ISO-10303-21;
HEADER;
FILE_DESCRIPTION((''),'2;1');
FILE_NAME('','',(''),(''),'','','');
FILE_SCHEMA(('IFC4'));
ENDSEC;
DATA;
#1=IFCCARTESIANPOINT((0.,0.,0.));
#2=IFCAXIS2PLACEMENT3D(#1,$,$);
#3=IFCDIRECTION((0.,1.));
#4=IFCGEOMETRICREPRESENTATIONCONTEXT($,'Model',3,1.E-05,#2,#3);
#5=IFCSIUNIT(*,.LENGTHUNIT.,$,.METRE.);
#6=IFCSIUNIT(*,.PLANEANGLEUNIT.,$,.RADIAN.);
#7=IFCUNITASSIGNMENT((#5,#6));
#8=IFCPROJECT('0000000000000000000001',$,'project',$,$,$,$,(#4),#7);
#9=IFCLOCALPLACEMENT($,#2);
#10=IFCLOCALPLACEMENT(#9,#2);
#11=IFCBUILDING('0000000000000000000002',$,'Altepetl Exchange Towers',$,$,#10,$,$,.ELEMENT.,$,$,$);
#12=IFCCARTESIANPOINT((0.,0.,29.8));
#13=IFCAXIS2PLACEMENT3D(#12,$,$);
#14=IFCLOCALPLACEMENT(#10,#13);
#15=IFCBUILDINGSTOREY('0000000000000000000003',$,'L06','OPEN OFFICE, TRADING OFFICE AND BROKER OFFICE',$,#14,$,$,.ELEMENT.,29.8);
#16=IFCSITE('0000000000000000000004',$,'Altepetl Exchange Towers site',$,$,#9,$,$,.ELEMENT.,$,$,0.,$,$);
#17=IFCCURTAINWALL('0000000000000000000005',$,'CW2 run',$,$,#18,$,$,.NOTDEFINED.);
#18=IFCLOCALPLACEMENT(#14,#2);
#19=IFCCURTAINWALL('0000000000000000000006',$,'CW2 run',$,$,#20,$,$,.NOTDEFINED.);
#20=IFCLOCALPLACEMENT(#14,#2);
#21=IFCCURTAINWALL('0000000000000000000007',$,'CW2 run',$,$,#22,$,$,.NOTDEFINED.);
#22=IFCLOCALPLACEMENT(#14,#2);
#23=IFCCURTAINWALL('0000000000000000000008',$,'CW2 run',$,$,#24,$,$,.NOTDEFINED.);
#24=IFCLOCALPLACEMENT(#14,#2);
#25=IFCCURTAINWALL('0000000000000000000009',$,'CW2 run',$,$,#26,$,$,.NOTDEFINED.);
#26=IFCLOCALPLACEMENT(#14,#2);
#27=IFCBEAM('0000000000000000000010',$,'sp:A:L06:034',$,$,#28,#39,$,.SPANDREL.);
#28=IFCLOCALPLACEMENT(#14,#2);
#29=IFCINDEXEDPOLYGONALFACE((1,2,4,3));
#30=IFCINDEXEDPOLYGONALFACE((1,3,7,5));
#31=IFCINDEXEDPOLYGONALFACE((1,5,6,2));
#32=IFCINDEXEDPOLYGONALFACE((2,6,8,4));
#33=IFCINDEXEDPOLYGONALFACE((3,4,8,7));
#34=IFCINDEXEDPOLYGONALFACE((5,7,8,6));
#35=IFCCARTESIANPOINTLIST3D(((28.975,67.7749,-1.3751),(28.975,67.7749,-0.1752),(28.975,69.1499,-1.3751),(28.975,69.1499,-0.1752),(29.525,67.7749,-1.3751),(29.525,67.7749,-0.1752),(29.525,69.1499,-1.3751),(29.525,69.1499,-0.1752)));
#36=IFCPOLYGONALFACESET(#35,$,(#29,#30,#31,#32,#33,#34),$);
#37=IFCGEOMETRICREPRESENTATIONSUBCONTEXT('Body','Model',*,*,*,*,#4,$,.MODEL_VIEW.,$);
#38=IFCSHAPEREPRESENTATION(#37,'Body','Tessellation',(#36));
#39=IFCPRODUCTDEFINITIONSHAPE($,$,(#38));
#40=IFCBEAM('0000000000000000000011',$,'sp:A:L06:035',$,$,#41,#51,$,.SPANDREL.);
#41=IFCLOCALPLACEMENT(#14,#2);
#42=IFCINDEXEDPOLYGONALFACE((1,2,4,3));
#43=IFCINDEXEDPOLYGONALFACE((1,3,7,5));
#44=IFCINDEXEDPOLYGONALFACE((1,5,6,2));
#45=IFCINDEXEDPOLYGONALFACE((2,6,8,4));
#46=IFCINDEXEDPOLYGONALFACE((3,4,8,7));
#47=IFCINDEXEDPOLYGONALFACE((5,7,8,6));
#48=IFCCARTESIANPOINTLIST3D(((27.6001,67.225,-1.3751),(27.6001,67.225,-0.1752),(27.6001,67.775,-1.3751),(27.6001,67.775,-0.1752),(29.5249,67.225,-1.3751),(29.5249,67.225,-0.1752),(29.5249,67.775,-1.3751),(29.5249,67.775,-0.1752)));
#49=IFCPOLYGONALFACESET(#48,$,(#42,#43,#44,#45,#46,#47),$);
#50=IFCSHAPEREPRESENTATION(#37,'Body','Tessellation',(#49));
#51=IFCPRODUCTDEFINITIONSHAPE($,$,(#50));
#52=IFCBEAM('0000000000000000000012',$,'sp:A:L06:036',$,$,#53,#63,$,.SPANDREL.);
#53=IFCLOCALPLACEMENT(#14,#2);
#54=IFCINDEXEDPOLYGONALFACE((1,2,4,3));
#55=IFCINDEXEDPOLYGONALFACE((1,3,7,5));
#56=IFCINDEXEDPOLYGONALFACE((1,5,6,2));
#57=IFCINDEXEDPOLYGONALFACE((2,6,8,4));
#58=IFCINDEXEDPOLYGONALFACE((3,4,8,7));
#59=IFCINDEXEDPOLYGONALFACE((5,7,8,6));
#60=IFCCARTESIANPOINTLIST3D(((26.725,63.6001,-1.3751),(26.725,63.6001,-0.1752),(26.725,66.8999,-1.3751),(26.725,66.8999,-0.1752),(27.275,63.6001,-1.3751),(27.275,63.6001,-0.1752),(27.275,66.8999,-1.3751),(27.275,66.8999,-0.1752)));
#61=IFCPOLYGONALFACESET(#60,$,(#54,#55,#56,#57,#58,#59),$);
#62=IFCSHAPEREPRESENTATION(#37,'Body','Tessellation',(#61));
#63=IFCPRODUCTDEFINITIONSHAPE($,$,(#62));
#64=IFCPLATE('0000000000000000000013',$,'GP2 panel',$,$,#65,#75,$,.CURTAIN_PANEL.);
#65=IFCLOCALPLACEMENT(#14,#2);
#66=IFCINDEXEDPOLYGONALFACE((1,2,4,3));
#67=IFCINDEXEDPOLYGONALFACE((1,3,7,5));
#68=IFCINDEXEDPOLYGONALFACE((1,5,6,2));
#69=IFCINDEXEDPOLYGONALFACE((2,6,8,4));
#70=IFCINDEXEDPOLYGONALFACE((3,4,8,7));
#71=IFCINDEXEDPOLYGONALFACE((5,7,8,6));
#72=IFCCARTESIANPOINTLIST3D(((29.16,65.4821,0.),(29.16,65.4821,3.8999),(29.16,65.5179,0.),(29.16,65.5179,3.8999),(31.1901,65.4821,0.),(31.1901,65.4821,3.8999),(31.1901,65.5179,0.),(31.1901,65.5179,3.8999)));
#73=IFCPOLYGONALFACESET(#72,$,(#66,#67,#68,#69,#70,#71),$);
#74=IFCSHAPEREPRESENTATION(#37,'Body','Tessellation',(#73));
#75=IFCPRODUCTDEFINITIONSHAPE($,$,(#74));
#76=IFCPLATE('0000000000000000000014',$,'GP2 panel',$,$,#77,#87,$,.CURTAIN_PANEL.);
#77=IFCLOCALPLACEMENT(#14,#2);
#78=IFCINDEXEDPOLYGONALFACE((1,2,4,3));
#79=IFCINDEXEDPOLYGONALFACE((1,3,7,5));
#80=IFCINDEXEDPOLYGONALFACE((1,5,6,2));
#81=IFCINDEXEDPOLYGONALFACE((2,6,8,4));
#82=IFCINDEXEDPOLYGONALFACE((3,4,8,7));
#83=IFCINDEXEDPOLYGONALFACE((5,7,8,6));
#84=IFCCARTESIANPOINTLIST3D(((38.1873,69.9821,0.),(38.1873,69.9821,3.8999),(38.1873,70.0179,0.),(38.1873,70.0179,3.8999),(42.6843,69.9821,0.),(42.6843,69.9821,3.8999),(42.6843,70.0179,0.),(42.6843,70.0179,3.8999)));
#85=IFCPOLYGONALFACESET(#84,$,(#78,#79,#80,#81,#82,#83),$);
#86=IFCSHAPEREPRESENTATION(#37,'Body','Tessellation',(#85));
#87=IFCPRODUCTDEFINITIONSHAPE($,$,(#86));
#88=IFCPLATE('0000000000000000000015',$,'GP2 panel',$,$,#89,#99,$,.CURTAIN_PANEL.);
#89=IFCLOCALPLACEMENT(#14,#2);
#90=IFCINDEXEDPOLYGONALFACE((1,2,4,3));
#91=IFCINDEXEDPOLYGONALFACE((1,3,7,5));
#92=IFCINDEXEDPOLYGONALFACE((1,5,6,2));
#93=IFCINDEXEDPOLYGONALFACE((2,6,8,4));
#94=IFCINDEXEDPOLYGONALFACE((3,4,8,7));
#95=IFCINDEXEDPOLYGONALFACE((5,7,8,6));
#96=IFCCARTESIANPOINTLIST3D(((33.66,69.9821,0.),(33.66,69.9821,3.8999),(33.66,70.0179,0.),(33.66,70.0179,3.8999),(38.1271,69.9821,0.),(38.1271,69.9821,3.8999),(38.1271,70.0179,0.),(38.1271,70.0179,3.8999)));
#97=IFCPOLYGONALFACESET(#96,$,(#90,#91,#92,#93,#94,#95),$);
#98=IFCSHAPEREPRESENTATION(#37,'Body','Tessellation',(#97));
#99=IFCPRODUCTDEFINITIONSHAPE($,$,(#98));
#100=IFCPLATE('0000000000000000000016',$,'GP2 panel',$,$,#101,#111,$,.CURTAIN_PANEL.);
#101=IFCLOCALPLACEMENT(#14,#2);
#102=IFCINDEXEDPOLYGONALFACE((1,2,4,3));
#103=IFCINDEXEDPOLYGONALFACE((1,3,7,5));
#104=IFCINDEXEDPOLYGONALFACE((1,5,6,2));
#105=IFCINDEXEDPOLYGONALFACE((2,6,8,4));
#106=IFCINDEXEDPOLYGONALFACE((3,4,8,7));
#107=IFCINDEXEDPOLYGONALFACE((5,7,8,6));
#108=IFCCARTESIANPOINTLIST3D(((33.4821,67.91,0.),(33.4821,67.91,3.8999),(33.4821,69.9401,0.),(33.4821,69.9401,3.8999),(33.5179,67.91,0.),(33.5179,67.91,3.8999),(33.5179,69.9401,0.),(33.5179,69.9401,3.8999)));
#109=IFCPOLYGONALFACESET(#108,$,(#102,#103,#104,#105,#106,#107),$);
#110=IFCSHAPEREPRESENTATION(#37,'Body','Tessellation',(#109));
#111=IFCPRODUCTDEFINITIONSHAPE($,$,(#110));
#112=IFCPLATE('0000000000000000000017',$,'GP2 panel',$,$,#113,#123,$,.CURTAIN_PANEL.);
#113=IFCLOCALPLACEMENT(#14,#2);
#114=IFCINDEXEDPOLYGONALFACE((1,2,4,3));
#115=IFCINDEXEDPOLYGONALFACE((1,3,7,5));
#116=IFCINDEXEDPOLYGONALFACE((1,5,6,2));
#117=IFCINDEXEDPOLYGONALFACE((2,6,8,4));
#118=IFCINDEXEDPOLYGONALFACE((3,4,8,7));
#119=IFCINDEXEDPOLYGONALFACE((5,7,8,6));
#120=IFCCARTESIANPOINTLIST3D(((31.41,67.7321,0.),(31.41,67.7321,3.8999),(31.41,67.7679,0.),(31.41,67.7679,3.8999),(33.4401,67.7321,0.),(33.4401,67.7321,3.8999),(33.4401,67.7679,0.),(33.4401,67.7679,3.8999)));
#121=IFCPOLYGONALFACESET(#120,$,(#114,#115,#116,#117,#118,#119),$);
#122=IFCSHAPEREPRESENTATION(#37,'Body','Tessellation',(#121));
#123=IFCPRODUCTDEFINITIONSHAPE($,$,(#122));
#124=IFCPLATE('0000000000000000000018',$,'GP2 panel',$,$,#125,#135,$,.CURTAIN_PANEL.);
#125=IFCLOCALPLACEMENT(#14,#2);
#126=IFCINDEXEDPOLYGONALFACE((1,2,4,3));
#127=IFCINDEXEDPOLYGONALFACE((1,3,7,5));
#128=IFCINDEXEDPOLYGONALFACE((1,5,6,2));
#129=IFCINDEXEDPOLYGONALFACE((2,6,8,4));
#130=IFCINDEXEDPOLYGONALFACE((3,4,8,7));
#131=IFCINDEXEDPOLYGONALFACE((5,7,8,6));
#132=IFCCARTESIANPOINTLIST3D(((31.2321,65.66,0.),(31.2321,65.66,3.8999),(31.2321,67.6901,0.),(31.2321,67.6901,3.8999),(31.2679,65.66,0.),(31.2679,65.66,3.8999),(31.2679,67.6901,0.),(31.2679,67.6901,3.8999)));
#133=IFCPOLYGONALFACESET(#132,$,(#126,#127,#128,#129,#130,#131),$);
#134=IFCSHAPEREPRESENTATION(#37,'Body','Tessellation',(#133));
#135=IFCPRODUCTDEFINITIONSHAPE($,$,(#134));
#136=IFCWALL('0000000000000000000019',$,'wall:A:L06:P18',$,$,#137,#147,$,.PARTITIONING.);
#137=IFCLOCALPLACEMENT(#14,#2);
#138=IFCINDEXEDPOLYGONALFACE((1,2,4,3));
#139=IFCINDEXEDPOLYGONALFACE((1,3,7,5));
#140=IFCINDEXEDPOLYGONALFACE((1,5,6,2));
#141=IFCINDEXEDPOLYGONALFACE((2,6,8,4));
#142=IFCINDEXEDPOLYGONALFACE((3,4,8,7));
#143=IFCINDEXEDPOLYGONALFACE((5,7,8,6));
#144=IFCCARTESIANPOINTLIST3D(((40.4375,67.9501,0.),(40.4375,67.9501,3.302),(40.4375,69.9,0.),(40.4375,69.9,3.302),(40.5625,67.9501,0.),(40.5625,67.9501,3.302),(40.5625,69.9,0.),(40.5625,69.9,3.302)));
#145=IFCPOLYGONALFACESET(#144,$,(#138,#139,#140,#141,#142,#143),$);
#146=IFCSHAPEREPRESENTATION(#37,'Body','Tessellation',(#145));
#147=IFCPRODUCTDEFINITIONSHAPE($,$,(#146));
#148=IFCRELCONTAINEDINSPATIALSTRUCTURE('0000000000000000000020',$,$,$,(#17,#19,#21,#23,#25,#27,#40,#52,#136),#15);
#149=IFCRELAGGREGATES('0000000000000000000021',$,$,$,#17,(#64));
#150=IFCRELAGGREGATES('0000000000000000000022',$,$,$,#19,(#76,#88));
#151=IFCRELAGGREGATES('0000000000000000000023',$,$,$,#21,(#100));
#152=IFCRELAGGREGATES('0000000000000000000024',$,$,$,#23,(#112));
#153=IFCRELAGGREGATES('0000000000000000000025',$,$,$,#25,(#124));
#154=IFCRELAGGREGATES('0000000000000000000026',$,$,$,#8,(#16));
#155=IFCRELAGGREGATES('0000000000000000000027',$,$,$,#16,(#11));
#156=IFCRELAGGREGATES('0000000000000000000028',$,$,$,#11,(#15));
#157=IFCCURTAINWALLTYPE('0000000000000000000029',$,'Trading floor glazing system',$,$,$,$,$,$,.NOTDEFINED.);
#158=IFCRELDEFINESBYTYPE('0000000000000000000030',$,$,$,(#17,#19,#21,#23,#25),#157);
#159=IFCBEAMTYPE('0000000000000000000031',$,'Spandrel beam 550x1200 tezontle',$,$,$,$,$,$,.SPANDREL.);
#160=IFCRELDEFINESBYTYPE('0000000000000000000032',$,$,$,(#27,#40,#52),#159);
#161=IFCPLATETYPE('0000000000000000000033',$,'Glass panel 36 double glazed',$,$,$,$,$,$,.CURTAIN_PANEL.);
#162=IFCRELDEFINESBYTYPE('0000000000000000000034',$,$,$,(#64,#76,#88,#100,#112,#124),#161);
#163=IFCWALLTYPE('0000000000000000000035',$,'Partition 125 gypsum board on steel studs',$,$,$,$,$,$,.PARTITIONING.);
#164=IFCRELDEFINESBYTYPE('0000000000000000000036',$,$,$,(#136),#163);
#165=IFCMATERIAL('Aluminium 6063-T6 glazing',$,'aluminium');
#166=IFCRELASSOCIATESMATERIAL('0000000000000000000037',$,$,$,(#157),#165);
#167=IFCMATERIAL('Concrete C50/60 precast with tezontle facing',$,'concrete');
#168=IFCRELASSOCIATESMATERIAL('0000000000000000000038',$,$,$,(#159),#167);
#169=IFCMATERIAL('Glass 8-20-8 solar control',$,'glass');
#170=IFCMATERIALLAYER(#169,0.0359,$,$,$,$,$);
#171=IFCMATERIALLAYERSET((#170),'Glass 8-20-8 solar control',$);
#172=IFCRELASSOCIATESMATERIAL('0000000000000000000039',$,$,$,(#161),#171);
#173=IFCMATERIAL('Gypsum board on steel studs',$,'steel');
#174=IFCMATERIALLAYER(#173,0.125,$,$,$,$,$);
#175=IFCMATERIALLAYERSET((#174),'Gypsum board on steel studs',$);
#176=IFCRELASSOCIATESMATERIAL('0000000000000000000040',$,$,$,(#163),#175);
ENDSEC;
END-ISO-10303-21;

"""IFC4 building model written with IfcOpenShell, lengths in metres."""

from ifc_helpers import new_model, si_unit, direction, frame, frame_2d, origin, origin_2d, place, context, subcontext, project, spatial, rectangle, extrude, material, layer, layer_set, material_profile, profile_set, type_object, element, aggregate, save


model = new_model("IFC4")

# Units and contexts
model_context = context("Model", 3, precision=1e-05, world=origin(), true_north=direction((0.0, 1.0)))
body_context = subcontext(model_context, "Body", "Model", "MODEL_VIEW")
ifc_project = project(units=[si_unit("LENGTHUNIT", "METRE"), si_unit("PLANEANGLEUNIT", "RADIAN")], contexts=[model_context])

# Site, building, storey
site_placement = place(None, origin())
site = spatial("IfcSite", under=ifc_project, at=site_placement, Name="Altepetl Exchange Towers site", CompositionType="ELEMENT", RefElevation=0.0)
building_placement = place(site_placement, origin())
building = spatial("IfcBuilding", under=site, at=building_placement, Name="Altepetl Exchange Towers", CompositionType="ELEMENT")
storey_placement = place(building_placement, frame((0.0, 0.0, 29.8)))
storey = spatial("IfcBuildingStorey", under=building, at=storey_placement, Name="L06", Description="OPEN OFFICE, TRADING OFFICE AND BROKER OFFICE", CompositionType="ELEMENT", Elevation=29.8)

# Curtain wall
ifc_material_1 = material(Name="Aluminium 6063-T6 glazing", Category="aluminium")
curtain_wall_type = type_object("IfcCurtainWallType", Name="Trading floor glazing system", PredefinedType="NOTDEFINED", material=ifc_material_1)
curtain_wall_1_placement = place(storey_placement, origin())
curtain_wall_1 = element("IfcCurtainWall", 1, at=curtain_wall_1_placement, inside=storey, type_object=curtain_wall_type, Name="CW2 run", PredefinedType="NOTDEFINED")

# Curtain walls
curtain_wall_2_placement = place(storey_placement, origin())
curtain_wall_2 = element("IfcCurtainWall", 2, at=curtain_wall_2_placement, inside=storey, type_object=curtain_wall_type, Name="CW2 run", PredefinedType="NOTDEFINED")
curtain_wall_3_placement = place(storey_placement, origin())
curtain_wall_3 = element("IfcCurtainWall", 3, at=curtain_wall_3_placement, inside=storey, type_object=curtain_wall_type, Name="CW2 run", PredefinedType="NOTDEFINED")
curtain_wall_4_placement = place(storey_placement, origin())
curtain_wall_4 = element("IfcCurtainWall", 4, at=curtain_wall_4_placement, inside=storey, type_object=curtain_wall_type, Name="CW2 run", PredefinedType="NOTDEFINED")
curtain_wall_5_placement = place(storey_placement, origin())
curtain_wall_5 = element("IfcCurtainWall", 5, at=curtain_wall_5_placement, inside=storey, type_object=curtain_wall_type, Name="CW2 run", PredefinedType="NOTDEFINED")

# Beams
ifc_material_2 = material(Name="Concrete C50/60 precast with tezontle facing", Category="concrete")
ifc_material_profile_1 = material_profile(ifc_material_2, rectangle(XDim=0.55, YDim=1.2, at=origin_2d()), Name="550 x 1200")
ifc_profile_set_1 = profile_set([ifc_material_profile_1], Name="Concrete C50/60 precast with tezontle facing")
beam_type_1 = type_object("IfcBeamType", Name="Spandrel beam 550x1200 tezontle", PredefinedType="SPANDREL", material=ifc_profile_set_1)
beam_1_placement = place(storey_placement, frame((29.25, 69.1499, -0.7751), z_axis=(0.0, -1.0, 0.0), x_axis=(1.0, 0.0, 0.0)))
element("IfcBeam", 6, at=beam_1_placement, inside=storey, type_object=beam_type_1, Name="sp:A:L06:034", PredefinedType="SPANDREL", context=body_context, shape_type="SweptSolid", body=[
    extrude(rectangle(XDim=0.55, YDim=1.2, at=origin_2d()), origin(), (0.0, 0.0, 1.0), 1.375),
])
beam_2_placement = place(storey_placement, frame((29.5249, 67.5, -0.7751), z_axis=(-1.0, 0.0, 0.0), x_axis=(0.0, -1.0, 0.0)))
element("IfcBeam", 7, at=beam_2_placement, inside=storey, type_object=beam_type_1, Name="sp:A:L06:035", PredefinedType="SPANDREL", context=body_context, shape_type="SweptSolid", body=[
    extrude(rectangle(XDim=0.55, YDim=1.2, at=origin_2d()), origin(), (0.0, 0.0, 1.0), 1.9248),
])
beam_3_placement = place(storey_placement, frame((27.0, 66.8999, -0.7751), z_axis=(0.0, -1.0, 0.0), x_axis=(1.0, 0.0, 0.0)))
element("IfcBeam", 8, at=beam_3_placement, inside=storey, type_object=beam_type_1, Name="sp:A:L06:036", PredefinedType="SPANDREL", context=body_context, shape_type="SweptSolid", body=[
    extrude(rectangle(XDim=0.55, YDim=1.2, at=origin_2d()), origin(), (0.0, 0.0, 1.0), 3.2998),
])

# Plates
ifc_material_3 = material(Name="Glass 8-20-8 solar control", Category="glass")
ifc_layer_1 = layer(ifc_material_3, 0.0359)
ifc_layer_set_1 = layer_set([ifc_layer_1], Name="Glass 8-20-8 solar control")
plate_type = type_object("IfcPlateType", Name="Glass panel 36 double glazed", PredefinedType="CURTAIN_PANEL", material=ifc_layer_set_1)
plate_1_placement = place(storey_placement, frame((30.175, 65.5, 0.0), z_axis=(0.0, 0.0, 1.0), x_axis=(-1.0, 0.0, 0.0)))
plate_1 = element("IfcPlate", 9, at=plate_1_placement, type_object=plate_type, Name="GP2 panel", PredefinedType="CURTAIN_PANEL", context=body_context, shape_type="SweptSolid", body=[
    extrude(rectangle(XDim=2.03, YDim=0.0359, at=origin_2d()), origin(), (0.0, 0.0, 1.0), 3.8999),
])
aggregate(curtain_wall_1, [plate_1])
plate_2_placement = place(storey_placement, frame((40.4358, 70.0, 0.0), z_axis=(0.0, 0.0, 1.0), x_axis=(-1.0, 0.0, 0.0)))
plate_2 = element("IfcPlate", 10, at=plate_2_placement, type_object=plate_type, Name="GP2 panel", PredefinedType="CURTAIN_PANEL", context=body_context, shape_type="SweptSolid", body=[
    extrude(rectangle(XDim=4.4971, YDim=0.0359, at=origin_2d()), origin(), (0.0, 0.0, 1.0), 3.8999),
])
plate_3_placement = place(storey_placement, frame((35.8936, 70.0, 0.0), z_axis=(0.0, 0.0, 1.0), x_axis=(-1.0, 0.0, 0.0)))
plate_3 = element("IfcPlate", 11, at=plate_3_placement, type_object=plate_type, Name="GP2 panel", PredefinedType="CURTAIN_PANEL", context=body_context, shape_type="SweptSolid", body=[
    extrude(rectangle(XDim=4.467, YDim=0.0359, at=origin_2d()), origin(), (0.0, 0.0, 1.0), 3.8999),
])
aggregate(curtain_wall_2, [plate_2, plate_3])
plate_4_placement = place(storey_placement, frame((33.5, 68.925, 0.0), z_axis=(0.0, 0.0, 1.0), x_axis=(0.0, -1.0, 0.0)))
plate_4 = element("IfcPlate", 12, at=plate_4_placement, type_object=plate_type, Name="GP2 panel", PredefinedType="CURTAIN_PANEL", context=body_context, shape_type="SweptSolid", body=[
    extrude(rectangle(XDim=2.03, YDim=0.0359, at=origin_2d()), origin(), (0.0, 0.0, 1.0), 3.8999),
])
aggregate(curtain_wall_3, [plate_4])
plate_5_placement = place(storey_placement, frame((32.425, 67.75, 0.0), z_axis=(0.0, 0.0, 1.0), x_axis=(-1.0, 0.0, 0.0)))
plate_5 = element("IfcPlate", 13, at=plate_5_placement, type_object=plate_type, Name="GP2 panel", PredefinedType="CURTAIN_PANEL", context=body_context, shape_type="SweptSolid", body=[
    extrude(rectangle(XDim=2.03, YDim=0.0359, at=origin_2d()), origin(), (0.0, 0.0, 1.0), 3.8999),
])
aggregate(curtain_wall_4, [plate_5])
plate_6_placement = place(storey_placement, frame((31.25, 66.675, 0.0), z_axis=(0.0, 0.0, 1.0), x_axis=(0.0, -1.0, 0.0)))
plate_6 = element("IfcPlate", 14, at=plate_6_placement, type_object=plate_type, Name="GP2 panel", PredefinedType="CURTAIN_PANEL", context=body_context, shape_type="SweptSolid", body=[
    extrude(rectangle(XDim=2.03, YDim=0.0359, at=origin_2d()), origin(), (0.0, 0.0, 1.0), 3.8999),
])
aggregate(curtain_wall_5, [plate_6])

# Wall
ifc_material_4 = material(Name="Gypsum board on steel studs", Category="steel")
ifc_layer_2 = layer(ifc_material_4, 0.125)
ifc_layer_set_2 = layer_set([ifc_layer_2], Name="Gypsum board on steel studs")
wall_type = type_object("IfcWallType", Name="Partition 125 gypsum board on steel studs", PredefinedType="PARTITIONING", material=ifc_layer_set_2)
wall_placement = place(storey_placement, frame((40.5, 67.95, 0.0), z_axis=(0.0, 0.0, 1.0), x_axis=(0.0, 1.0, 0.0)))
element("IfcWall", 15, at=wall_placement, inside=storey, type_object=wall_type, Name="wall:A:L06:P18", PredefinedType="PARTITIONING", context=body_context, shape_type="SweptSolid", body=[
    extrude(rectangle(XDim=1.95, YDim=0.125, at=frame_2d((0.9751, 0.0))), origin(), (0.0, 0.0, 1.0), 3.302),
])

save(model, "model.ifc")
